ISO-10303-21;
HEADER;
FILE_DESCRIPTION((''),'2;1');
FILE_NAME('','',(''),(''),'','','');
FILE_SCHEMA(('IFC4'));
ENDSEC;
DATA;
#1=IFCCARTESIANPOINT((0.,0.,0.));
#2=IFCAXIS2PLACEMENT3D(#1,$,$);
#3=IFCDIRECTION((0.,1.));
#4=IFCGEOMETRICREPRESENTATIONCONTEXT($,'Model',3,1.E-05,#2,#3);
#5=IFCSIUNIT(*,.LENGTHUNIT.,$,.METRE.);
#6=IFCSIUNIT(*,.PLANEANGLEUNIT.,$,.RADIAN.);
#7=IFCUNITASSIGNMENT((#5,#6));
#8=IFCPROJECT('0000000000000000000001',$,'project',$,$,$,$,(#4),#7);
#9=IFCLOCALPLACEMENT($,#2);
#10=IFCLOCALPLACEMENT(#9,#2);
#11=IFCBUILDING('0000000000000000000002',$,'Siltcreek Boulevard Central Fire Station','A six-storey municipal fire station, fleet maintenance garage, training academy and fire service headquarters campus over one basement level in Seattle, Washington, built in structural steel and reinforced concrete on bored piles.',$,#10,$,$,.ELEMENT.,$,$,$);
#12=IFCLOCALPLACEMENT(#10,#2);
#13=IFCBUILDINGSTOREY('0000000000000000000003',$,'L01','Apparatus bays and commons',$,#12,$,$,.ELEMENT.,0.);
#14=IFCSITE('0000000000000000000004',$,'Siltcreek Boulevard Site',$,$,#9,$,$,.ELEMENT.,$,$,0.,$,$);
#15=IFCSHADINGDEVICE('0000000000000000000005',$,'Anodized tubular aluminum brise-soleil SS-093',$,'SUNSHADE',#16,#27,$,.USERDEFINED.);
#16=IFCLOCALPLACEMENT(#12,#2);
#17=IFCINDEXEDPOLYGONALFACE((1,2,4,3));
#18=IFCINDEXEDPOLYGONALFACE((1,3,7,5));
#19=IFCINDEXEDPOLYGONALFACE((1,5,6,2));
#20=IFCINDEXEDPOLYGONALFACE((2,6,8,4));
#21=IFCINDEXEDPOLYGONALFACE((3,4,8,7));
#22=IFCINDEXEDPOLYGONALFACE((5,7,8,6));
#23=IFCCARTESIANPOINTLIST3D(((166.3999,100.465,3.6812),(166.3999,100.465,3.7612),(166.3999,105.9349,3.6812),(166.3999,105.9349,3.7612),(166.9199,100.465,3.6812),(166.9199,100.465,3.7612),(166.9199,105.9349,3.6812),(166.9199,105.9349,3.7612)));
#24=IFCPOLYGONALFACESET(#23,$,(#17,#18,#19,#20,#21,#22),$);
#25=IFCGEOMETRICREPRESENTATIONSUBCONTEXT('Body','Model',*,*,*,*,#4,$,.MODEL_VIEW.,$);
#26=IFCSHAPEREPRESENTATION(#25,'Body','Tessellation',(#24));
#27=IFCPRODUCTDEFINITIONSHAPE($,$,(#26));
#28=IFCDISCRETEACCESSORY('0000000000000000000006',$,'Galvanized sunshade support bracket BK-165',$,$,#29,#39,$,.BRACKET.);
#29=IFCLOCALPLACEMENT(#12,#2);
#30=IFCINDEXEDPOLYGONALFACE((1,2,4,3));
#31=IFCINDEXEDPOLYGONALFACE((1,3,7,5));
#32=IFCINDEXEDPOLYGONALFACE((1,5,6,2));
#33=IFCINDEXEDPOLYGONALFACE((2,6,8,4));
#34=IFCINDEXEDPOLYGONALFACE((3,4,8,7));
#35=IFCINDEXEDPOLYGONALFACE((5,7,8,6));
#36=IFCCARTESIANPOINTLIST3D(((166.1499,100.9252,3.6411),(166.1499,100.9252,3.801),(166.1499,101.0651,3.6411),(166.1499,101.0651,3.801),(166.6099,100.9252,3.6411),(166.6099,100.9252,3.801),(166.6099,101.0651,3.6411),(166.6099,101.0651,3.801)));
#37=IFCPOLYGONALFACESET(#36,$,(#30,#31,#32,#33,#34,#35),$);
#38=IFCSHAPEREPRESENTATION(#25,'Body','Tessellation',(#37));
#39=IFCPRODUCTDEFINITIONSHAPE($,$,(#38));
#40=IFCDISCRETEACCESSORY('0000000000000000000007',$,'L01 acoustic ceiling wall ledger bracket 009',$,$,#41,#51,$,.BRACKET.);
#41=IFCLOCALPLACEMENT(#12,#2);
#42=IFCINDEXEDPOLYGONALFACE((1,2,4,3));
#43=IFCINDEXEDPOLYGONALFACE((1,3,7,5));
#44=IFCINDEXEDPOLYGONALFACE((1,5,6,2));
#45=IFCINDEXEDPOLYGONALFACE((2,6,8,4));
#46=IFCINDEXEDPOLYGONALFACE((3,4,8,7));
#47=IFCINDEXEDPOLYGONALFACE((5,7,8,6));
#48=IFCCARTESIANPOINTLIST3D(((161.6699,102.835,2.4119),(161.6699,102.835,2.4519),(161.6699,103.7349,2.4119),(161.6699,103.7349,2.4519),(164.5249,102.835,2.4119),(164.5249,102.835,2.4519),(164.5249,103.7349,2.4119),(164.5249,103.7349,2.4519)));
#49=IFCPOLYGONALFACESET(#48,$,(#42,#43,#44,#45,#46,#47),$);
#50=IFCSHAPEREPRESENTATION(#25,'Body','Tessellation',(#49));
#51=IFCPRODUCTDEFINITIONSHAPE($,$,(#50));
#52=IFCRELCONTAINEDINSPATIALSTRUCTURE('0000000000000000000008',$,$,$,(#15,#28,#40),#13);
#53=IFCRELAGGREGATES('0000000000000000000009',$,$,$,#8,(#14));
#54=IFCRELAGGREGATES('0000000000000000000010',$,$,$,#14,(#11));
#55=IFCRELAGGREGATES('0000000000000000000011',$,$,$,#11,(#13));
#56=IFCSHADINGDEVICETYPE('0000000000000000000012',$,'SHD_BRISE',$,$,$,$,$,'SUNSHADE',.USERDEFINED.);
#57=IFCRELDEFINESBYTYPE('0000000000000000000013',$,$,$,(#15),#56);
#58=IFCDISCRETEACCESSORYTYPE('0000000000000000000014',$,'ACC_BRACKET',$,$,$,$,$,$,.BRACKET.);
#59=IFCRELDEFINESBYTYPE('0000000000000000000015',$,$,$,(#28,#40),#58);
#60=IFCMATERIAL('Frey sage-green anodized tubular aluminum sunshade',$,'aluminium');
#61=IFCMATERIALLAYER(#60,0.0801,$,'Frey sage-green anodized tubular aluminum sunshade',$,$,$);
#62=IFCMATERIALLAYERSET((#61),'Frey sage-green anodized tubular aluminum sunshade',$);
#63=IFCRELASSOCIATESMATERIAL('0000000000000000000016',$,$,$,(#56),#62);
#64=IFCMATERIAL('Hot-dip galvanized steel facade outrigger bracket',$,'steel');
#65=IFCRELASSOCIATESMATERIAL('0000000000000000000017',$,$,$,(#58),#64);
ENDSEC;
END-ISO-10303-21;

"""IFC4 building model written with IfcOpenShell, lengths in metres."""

from ifc_helpers import new_model, si_unit, direction, frame, origin, origin_2d, place, context, subcontext, project, spatial, rectangle, extrude, material, layer, layer_set, type_object, element, save


model = new_model("IFC4")

# Units and contexts
model_context = context("Model", 3, precision=1e-05, world=origin(), true_north=direction((0.0, 1.0)))
body_context = subcontext(model_context, "Body", "Model", "MODEL_VIEW")
ifc_project = project(units=[si_unit("LENGTHUNIT", "METRE"), si_unit("PLANEANGLEUNIT", "RADIAN")], contexts=[model_context])

# Site, building, storey
site_placement = place(None, origin())
site = spatial("IfcSite", under=ifc_project, at=site_placement, Name="Siltcreek Boulevard Site", CompositionType="ELEMENT", RefElevation=0.0)
building_placement = place(site_placement, origin())
building = spatial("IfcBuilding", under=site, at=building_placement, Name="Siltcreek Boulevard Central Fire Station", Description="A six-storey municipal fire station, fleet maintenance garage, training academy and fire service headquarters campus over one basement level in Seattle, Washington, built in structural steel and reinforced concrete on bored piles.", CompositionType="ELEMENT")
storey_placement = place(building_placement, origin())
storey = spatial("IfcBuildingStorey", under=building, at=storey_placement, Name="L01", Description="Apparatus bays and commons", CompositionType="ELEMENT", Elevation=0.0)

# Shading device
ifc_material_1 = material(Name="Frey sage-green anodized tubular aluminum sunshade", Category="aluminium")
ifc_layer_1 = layer(ifc_material_1, 0.0801, Name="Frey sage-green anodized tubular aluminum sunshade")
ifc_layer_set_1 = layer_set([ifc_layer_1], Name="Frey sage-green anodized tubular aluminum sunshade")
shading_device_type = type_object("IfcShadingDeviceType", Name="SHD_BRISE", ElementType="SUNSHADE", PredefinedType="USERDEFINED", material=ifc_layer_set_1)
shading_device_placement = place(storey_placement, frame((166.6599, 103.2, 3.6812), z_axis=(0.0, 0.0, 1.0), x_axis=(0.0, 1.0, 0.0)))
element("IfcShadingDevice", 1, at=shading_device_placement, inside=storey, type_object=shading_device_type, Name="Anodized tubular aluminum brise-soleil SS-093", ObjectType="SUNSHADE", PredefinedType="USERDEFINED", context=body_context, shape_type="SweptSolid", body=[
    extrude(rectangle(XDim=5.47, YDim=0.52, at=origin_2d()), origin(), (0.0, 0.0, 1.0), 0.0801),
])

# Discrete accessories
ifc_material_2 = material(Name="Hot-dip galvanized steel facade outrigger bracket", Category="steel")
discrete_accessory_type = type_object("IfcDiscreteAccessoryType", Name="ACC_BRACKET", PredefinedType="BRACKET", material=ifc_material_2)
discrete_accessory_1_placement = place(storey_placement, frame((166.3799, 100.9951, 3.6411), z_axis=(0.0, 0.0, 1.0), x_axis=(0.0, 1.0, 0.0)))
element("IfcDiscreteAccessory", 2, at=discrete_accessory_1_placement, inside=storey, type_object=discrete_accessory_type, Name="Galvanized sunshade support bracket BK-165", PredefinedType="BRACKET", context=body_context, shape_type="SweptSolid", body=[
    extrude(rectangle(XDim=0.1399, YDim=0.46, at=origin_2d()), origin(), (0.0, 0.0, 1.0), 0.1599),
])
discrete_accessory_2_placement = place(storey_placement, frame((163.0974, 103.2849, 2.4119), z_axis=(0.0, 0.0, 1.0), x_axis=(1.0, 0.0, 0.0)))
element("IfcDiscreteAccessory", 3, at=discrete_accessory_2_placement, inside=storey, type_object=discrete_accessory_type, Name="L01 acoustic ceiling wall ledger bracket 009", PredefinedType="BRACKET", context=body_context, shape_type="SweptSolid", body=[
    extrude(rectangle(XDim=2.855, YDim=0.8999, at=origin_2d()), origin(), (0.0, 0.0, 1.0), 0.04),
])

save(model, "model.ifc")
